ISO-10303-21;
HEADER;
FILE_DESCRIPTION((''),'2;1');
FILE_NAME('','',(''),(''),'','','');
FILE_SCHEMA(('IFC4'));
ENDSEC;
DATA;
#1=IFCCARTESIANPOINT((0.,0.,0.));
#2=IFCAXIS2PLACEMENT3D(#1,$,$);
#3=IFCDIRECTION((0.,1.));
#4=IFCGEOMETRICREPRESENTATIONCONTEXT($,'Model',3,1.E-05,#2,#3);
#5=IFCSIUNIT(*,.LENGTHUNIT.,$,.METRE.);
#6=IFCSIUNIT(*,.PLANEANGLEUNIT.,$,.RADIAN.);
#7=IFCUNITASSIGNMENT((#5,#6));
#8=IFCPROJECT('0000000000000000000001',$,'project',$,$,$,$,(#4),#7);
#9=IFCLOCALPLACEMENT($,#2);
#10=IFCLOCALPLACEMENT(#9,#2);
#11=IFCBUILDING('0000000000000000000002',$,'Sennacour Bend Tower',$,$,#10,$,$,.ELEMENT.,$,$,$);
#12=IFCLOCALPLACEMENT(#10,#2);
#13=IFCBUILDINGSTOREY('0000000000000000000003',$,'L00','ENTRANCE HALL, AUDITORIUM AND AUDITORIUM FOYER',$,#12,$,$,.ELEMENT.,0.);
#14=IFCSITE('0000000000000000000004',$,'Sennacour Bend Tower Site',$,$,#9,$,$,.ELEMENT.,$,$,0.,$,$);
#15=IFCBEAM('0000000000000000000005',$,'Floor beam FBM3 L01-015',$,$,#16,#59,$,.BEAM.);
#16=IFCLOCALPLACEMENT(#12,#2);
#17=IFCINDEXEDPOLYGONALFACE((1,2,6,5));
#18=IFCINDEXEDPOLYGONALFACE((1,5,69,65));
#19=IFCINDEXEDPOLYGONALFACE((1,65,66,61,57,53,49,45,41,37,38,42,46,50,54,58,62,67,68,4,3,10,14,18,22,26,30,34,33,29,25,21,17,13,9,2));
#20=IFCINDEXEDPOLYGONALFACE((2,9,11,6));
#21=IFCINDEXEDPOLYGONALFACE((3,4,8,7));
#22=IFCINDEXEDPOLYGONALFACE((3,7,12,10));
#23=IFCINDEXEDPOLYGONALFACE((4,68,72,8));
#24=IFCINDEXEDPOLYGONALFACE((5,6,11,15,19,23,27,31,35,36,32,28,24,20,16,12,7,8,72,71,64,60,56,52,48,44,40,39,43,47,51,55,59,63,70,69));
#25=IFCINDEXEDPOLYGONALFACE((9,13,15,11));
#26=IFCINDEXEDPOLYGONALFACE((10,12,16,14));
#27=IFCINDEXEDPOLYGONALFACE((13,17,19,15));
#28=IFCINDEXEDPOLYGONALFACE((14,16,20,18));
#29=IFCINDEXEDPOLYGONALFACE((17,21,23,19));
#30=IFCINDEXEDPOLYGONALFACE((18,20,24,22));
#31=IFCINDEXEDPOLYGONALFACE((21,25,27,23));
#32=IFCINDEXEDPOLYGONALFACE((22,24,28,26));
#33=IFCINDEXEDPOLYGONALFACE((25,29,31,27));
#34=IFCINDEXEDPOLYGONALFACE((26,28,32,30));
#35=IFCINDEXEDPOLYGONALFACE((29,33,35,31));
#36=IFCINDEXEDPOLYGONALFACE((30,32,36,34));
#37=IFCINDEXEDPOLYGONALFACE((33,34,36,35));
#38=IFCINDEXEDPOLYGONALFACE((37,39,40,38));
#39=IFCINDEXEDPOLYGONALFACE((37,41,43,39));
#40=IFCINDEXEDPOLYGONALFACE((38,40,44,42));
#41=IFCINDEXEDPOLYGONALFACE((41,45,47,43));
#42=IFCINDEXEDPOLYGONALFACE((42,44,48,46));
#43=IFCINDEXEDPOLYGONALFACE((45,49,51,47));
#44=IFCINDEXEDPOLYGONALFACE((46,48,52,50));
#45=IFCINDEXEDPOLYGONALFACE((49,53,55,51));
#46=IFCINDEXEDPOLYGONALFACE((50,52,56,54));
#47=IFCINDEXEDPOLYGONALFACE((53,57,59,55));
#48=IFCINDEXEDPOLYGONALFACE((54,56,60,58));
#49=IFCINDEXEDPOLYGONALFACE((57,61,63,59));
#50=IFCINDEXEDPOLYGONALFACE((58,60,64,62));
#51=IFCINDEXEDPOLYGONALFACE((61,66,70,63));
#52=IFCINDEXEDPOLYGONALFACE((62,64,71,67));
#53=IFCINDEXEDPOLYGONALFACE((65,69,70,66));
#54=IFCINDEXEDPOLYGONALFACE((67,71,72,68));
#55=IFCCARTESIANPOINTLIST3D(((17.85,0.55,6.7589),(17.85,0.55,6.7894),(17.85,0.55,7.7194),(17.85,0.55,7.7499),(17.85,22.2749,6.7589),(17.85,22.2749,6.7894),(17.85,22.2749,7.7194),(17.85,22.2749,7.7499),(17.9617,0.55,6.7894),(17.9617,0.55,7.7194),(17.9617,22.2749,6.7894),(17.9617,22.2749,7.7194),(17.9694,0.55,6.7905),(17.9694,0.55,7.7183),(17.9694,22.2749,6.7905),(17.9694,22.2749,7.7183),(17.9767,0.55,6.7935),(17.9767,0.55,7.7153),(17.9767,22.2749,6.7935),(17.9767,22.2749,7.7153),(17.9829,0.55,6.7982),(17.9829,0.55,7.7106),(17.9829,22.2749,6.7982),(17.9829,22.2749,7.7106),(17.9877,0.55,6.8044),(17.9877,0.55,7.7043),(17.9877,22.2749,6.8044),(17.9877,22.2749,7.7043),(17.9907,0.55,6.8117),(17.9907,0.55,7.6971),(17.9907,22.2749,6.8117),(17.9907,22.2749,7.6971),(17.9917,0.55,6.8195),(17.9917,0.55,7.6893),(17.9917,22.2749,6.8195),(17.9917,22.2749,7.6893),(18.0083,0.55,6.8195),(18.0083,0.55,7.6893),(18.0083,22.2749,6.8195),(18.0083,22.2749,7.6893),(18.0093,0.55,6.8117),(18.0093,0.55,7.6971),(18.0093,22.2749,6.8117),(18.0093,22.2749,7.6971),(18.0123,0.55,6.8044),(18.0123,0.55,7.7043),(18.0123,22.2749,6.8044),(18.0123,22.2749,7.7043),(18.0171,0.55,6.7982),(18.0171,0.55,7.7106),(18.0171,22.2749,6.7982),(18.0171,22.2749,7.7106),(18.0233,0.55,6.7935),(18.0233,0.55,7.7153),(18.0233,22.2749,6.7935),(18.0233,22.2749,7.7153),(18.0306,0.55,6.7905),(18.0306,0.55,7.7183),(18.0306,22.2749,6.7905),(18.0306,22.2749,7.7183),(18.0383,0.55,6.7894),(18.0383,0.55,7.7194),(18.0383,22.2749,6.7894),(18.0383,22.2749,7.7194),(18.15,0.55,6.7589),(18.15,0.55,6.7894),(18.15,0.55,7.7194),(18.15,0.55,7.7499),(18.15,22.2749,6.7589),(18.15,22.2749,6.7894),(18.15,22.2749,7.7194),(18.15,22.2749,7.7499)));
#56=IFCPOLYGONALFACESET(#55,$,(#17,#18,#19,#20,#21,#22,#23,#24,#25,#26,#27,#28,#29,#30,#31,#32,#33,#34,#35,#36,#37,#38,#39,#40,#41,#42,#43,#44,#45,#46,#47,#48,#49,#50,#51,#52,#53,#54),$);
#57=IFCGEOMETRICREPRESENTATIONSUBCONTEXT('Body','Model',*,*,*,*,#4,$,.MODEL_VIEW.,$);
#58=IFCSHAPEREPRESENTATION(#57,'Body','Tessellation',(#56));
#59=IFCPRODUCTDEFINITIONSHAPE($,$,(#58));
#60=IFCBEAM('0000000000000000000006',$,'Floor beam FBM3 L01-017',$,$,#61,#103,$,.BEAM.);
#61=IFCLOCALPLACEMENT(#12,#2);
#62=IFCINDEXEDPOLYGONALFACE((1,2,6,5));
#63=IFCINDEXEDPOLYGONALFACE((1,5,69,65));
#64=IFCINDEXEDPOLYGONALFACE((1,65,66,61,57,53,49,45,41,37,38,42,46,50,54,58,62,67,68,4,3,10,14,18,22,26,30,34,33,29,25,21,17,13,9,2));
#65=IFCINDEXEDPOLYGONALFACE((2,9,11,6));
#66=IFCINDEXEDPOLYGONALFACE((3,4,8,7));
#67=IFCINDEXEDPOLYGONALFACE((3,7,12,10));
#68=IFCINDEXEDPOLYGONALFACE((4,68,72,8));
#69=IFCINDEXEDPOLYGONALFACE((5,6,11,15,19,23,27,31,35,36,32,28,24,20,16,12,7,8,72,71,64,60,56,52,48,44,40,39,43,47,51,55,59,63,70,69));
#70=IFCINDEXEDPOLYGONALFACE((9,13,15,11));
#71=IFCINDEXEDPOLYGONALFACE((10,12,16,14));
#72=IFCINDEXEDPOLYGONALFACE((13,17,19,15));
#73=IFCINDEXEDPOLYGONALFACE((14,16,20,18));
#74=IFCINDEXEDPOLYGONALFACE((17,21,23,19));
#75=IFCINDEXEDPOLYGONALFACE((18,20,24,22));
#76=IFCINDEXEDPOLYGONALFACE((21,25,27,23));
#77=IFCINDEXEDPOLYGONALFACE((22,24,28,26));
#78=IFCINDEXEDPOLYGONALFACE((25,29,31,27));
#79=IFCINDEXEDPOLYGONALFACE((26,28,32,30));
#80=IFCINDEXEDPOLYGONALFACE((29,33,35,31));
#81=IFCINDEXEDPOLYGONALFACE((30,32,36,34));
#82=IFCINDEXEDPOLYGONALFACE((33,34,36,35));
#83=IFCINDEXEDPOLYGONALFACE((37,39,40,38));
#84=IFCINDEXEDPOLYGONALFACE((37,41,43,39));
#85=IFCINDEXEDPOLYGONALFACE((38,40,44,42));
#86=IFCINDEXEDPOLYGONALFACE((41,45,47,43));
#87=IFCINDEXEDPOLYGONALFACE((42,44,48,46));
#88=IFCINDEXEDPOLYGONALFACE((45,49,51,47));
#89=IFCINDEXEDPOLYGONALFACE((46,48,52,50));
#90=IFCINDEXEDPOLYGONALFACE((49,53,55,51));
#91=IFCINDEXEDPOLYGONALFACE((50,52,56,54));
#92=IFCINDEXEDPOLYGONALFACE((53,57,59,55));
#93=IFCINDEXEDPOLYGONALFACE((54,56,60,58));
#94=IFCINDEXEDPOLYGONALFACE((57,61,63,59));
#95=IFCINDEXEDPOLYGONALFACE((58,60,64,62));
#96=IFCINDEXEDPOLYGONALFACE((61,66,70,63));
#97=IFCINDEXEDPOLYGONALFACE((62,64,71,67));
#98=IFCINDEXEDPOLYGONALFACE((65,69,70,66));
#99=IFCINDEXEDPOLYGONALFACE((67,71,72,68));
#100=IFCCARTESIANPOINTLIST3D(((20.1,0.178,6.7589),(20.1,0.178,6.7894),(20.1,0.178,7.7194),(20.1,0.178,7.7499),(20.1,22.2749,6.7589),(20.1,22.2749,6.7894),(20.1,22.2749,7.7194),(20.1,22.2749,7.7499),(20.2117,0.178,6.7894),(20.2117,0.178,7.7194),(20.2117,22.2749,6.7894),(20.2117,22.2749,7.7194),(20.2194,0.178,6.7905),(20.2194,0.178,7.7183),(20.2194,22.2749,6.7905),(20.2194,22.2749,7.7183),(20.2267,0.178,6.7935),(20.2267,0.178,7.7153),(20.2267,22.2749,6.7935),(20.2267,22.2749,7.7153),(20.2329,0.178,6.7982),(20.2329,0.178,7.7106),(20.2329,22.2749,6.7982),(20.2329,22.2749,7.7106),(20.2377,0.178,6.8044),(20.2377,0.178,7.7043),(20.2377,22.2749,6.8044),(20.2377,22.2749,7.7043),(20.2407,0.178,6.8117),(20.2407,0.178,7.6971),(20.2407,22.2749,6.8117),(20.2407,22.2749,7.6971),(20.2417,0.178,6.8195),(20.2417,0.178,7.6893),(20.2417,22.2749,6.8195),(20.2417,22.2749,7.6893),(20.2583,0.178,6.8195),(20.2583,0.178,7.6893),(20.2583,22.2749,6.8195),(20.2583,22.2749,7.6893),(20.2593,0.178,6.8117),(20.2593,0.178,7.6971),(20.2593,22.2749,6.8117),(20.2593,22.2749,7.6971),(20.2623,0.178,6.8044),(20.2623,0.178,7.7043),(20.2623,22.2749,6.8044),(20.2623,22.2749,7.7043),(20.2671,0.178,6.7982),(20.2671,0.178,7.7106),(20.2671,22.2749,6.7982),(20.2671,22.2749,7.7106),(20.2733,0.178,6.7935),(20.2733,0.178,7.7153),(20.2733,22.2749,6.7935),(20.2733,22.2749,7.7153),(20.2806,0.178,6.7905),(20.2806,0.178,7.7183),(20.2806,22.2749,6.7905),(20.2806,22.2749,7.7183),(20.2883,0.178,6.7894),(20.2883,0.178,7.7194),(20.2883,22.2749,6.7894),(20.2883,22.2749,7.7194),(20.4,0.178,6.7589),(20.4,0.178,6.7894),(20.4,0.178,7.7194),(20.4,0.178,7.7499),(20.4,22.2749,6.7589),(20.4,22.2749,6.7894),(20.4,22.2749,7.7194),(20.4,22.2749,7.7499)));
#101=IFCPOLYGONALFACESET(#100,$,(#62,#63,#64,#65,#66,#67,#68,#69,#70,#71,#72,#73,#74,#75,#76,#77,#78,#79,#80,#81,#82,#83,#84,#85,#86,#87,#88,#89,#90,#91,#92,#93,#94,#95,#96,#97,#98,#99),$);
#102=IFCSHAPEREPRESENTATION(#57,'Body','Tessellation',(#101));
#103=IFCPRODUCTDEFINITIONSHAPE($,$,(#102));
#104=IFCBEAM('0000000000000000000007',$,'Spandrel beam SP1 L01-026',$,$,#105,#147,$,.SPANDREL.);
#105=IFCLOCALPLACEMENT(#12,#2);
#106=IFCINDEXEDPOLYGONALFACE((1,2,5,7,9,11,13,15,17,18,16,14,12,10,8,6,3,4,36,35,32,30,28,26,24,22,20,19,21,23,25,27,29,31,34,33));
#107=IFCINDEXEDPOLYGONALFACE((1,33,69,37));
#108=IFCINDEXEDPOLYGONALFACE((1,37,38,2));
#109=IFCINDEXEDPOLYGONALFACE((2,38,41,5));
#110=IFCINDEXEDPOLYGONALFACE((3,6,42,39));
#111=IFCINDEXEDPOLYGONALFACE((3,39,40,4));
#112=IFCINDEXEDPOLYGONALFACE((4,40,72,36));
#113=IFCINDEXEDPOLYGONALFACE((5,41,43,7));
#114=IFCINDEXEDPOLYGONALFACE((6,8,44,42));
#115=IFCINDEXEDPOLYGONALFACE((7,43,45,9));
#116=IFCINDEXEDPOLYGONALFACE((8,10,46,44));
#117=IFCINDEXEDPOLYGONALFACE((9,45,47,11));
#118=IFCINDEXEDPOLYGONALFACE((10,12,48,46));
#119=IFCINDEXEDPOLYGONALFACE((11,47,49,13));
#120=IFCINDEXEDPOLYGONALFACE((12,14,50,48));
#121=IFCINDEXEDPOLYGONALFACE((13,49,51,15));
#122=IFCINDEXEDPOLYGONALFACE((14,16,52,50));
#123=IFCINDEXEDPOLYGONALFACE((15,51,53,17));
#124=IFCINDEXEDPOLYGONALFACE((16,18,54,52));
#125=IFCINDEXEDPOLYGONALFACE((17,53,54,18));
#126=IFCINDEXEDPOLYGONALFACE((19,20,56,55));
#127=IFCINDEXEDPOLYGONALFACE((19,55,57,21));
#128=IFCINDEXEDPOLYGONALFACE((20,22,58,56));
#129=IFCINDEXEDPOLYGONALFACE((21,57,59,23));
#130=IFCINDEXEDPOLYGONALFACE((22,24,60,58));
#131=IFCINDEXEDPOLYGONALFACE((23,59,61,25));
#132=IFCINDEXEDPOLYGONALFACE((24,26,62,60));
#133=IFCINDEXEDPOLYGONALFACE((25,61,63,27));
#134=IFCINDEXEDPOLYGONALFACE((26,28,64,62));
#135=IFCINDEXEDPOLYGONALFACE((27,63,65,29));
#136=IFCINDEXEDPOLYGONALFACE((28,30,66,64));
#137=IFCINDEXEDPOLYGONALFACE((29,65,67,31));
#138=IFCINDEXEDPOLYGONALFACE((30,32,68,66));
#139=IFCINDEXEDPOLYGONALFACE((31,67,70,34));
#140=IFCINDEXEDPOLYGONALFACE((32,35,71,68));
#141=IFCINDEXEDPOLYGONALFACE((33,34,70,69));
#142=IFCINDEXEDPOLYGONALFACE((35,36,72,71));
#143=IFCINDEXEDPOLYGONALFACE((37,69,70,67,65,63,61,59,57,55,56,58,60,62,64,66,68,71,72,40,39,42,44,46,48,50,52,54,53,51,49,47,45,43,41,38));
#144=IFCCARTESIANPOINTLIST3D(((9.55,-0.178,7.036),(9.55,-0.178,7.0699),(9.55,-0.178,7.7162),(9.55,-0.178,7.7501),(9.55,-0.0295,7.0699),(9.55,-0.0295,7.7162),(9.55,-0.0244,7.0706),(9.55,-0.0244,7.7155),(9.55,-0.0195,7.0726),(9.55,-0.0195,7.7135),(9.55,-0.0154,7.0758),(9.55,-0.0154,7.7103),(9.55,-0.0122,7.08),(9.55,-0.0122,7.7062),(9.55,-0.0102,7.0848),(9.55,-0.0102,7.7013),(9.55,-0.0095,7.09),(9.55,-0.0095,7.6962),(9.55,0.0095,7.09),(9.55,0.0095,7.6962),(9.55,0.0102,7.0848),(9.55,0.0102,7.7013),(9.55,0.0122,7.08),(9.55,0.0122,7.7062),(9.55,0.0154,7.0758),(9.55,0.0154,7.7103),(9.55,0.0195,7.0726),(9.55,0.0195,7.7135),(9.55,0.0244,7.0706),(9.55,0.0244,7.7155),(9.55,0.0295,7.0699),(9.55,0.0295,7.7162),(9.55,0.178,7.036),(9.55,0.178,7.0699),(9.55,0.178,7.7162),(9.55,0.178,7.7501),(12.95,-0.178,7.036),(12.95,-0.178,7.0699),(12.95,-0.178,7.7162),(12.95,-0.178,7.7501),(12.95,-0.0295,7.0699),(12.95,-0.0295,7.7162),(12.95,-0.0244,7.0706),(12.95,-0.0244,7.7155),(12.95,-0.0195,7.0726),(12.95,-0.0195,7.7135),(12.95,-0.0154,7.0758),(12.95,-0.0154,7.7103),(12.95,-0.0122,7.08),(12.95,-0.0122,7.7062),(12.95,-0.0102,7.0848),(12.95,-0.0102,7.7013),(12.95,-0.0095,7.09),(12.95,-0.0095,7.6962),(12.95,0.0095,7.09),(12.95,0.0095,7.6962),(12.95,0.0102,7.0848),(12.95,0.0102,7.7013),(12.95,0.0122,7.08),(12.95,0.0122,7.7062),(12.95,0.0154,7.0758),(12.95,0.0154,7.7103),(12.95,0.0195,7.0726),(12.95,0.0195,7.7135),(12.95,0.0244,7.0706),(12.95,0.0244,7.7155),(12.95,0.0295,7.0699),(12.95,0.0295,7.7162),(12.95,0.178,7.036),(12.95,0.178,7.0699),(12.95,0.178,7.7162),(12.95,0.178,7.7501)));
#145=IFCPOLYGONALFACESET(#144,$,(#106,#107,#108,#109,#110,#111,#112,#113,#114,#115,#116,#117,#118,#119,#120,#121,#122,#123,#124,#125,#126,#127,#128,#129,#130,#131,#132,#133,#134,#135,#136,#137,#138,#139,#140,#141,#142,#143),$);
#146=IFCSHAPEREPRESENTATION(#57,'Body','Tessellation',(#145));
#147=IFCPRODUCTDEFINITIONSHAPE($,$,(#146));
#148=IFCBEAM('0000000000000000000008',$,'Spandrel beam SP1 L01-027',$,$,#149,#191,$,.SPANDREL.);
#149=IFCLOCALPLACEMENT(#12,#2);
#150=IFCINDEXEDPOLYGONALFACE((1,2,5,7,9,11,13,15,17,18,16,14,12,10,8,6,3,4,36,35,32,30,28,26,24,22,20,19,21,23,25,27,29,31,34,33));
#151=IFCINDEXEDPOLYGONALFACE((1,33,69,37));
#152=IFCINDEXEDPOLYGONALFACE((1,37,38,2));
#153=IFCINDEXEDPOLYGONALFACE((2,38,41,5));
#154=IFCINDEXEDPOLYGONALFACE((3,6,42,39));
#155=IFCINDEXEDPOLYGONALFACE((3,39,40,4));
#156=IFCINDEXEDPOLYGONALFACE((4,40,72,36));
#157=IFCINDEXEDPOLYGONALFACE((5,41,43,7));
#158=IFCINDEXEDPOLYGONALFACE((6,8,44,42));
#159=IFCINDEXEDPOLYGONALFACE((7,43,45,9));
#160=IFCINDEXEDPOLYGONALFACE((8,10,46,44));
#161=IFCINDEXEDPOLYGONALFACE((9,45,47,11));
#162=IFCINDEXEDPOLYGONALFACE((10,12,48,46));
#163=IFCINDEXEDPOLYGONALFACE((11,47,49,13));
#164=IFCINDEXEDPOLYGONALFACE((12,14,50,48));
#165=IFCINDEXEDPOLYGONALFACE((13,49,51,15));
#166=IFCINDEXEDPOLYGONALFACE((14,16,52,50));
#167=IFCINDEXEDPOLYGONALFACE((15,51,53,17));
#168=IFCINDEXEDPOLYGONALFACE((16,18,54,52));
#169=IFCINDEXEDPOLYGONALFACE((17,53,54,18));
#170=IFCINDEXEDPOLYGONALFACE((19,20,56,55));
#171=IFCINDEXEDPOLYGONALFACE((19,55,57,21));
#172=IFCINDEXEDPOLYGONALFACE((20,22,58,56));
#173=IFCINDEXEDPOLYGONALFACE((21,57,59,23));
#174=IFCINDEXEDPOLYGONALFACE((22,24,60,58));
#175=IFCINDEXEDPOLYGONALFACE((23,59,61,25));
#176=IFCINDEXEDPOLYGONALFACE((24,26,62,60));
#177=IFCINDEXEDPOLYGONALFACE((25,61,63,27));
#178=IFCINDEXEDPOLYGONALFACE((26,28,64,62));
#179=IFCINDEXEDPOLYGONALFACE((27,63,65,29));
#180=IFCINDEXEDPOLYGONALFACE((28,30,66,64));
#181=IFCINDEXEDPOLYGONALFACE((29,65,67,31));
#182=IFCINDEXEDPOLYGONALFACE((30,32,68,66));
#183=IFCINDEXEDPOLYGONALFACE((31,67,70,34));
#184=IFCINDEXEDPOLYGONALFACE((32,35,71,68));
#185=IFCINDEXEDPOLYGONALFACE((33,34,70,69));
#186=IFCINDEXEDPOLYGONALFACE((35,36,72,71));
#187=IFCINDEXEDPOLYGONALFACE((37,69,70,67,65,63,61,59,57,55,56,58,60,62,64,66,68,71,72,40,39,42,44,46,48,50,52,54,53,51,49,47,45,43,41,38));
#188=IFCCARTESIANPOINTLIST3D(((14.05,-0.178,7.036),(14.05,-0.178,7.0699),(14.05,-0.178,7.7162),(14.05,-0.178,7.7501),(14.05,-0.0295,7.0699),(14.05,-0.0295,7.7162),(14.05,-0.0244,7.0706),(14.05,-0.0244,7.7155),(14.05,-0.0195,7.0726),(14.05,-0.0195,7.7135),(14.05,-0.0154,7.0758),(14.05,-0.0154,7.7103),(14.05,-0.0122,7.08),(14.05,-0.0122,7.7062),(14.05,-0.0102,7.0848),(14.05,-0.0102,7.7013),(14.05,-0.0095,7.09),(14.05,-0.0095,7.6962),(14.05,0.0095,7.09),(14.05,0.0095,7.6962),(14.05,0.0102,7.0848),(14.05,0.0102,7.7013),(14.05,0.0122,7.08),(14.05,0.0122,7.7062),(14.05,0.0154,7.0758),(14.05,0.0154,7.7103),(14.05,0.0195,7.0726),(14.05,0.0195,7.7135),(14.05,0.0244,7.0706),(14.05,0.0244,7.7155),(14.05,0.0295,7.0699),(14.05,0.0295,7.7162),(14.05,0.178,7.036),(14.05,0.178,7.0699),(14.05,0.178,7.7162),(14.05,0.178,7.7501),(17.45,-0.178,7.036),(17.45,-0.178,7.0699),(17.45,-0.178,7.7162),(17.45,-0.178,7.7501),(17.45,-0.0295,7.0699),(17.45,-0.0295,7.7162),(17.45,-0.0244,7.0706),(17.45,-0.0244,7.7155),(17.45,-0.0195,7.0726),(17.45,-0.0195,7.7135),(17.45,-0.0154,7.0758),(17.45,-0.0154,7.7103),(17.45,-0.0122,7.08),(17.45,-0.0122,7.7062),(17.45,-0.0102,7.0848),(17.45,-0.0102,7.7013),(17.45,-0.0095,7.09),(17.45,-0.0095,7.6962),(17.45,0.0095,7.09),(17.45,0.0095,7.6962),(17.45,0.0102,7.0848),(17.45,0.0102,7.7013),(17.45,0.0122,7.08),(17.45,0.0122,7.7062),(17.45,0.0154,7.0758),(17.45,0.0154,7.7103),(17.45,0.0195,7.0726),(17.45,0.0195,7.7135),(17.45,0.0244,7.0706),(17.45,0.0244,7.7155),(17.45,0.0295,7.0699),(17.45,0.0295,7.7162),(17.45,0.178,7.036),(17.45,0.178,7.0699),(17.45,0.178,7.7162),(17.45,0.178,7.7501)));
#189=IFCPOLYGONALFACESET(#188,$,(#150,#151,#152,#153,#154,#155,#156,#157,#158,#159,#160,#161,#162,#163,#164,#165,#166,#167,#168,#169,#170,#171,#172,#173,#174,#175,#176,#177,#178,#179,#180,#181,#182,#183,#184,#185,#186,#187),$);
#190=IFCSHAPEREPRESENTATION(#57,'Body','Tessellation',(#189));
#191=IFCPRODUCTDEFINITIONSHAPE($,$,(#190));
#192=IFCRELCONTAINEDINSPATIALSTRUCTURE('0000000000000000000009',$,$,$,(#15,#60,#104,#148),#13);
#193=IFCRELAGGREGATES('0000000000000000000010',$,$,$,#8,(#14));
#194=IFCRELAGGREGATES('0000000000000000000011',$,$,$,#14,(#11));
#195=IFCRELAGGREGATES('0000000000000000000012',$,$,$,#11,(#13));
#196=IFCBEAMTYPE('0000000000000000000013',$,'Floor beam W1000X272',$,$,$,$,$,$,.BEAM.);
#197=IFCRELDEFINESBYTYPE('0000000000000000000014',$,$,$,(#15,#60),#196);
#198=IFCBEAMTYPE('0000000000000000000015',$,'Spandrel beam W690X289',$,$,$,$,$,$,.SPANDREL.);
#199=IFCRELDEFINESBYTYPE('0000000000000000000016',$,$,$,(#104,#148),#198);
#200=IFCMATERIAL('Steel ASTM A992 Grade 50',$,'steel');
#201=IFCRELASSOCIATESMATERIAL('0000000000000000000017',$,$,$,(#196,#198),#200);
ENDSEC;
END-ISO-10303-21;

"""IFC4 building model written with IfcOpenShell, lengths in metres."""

from ifc_helpers import new_model, si_unit, direction, frame, origin, origin_2d, place, context, subcontext, project, spatial, i_section, extrude, material, material_profile, profile_set, type_object, element, save


model = new_model("IFC4")

# Units and contexts
model_context = context("Model", 3, precision=1e-05, world=origin(), true_north=direction((0.0, 1.0)))
body_context = subcontext(model_context, "Body", "Model", "MODEL_VIEW")
ifc_project = project(units=[si_unit("LENGTHUNIT", "METRE"), si_unit("PLANEANGLEUNIT", "RADIAN")], contexts=[model_context])

# Site, building, storey
site_placement = place(None, origin())
site = spatial("IfcSite", under=ifc_project, at=site_placement, Name="Sennacour Bend Tower Site", CompositionType="ELEMENT", RefElevation=0.0)
building_placement = place(site_placement, origin())
building = spatial("IfcBuilding", under=site, at=building_placement, Name="Sennacour Bend Tower", CompositionType="ELEMENT")
storey_placement = place(building_placement, origin())
storey = spatial("IfcBuildingStorey", under=building, at=storey_placement, Name="L00", Description="ENTRANCE HALL, AUDITORIUM AND AUDITORIUM FOYER", CompositionType="ELEMENT", Elevation=0.0)

# Beams
ifc_material_1 = material(Name="Steel ASTM A992 Grade 50", Category="steel")
ifc_material_profile_1 = material_profile(ifc_material_1, i_section(OverallWidth=0.3, OverallDepth=0.991, WebThickness=0.0166, FlangeThickness=0.0305, FilletRadius=0.03, at=origin_2d()), Name="Steel ASTM A992 Grade 50", Category="steel")
ifc_profile_set_1 = profile_set([ifc_material_profile_1], Name="Steel ASTM A992 Grade 50")
beam_type_1 = type_object("IfcBeamType", Name="Floor beam W1000X272", PredefinedType="BEAM", material=ifc_profile_set_1)
beam_1_placement = place(storey_placement, frame((18.0, 0.55, 7.2544), z_axis=(0.0, 1.0, 0.0), x_axis=(-1.0, 0.0, 0.0)))
element("IfcBeam", 1, at=beam_1_placement, inside=storey, type_object=beam_type_1, Name="Floor beam FBM3 L01-015", PredefinedType="BEAM", context=body_context, shape_type="SweptSolid", body=[
    extrude(i_section(OverallWidth=0.3, OverallDepth=0.991, WebThickness=0.0166, FlangeThickness=0.0305, FilletRadius=0.03, at=origin_2d()), origin(), (0.0, 0.0, 1.0), 21.7249),
])
beam_2_placement = place(storey_placement, frame((20.25, 0.178, 7.2544), z_axis=(0.0, 1.0, 0.0), x_axis=(-1.0, 0.0, 0.0)))
element("IfcBeam", 2, at=beam_2_placement, inside=storey, type_object=beam_type_1, Name="Floor beam FBM3 L01-017", PredefinedType="BEAM", context=body_context, shape_type="SweptSolid", body=[
    extrude(i_section(OverallWidth=0.3, OverallDepth=0.991, WebThickness=0.0166, FlangeThickness=0.0305, FilletRadius=0.03, at=origin_2d()), origin(), (0.0, 0.0, 1.0), 22.0969),
])
ifc_material_profile_2 = material_profile(ifc_material_1, i_section(OverallWidth=0.356, OverallDepth=0.7141, WebThickness=0.019, FlangeThickness=0.0339, FilletRadius=0.02, at=origin_2d()), Name="Steel ASTM A992 Grade 50", Category="steel")
ifc_profile_set_2 = profile_set([ifc_material_profile_2], Name="Steel ASTM A992 Grade 50")
beam_type_2 = type_object("IfcBeamType", Name="Spandrel beam W690X289", PredefinedType="SPANDREL", material=ifc_profile_set_2)
for number, where, z_axis, x_axis, name in (
    (3, (9.55, 0.0, 7.3931), (1.0, 0.0, 0.0), (0.0, 1.0, 0.0), "Spandrel beam SP1 L01-026"),
    (4, (14.05, 0.0, 7.3931), (1.0, 0.0, 0.0), (0.0, 1.0, 0.0), "Spandrel beam SP1 L01-027"),
):
    element("IfcBeam", number, at=place(storey_placement, frame(where, z_axis=z_axis, x_axis=x_axis)), inside=storey, type_object=beam_type_2, Name=name, PredefinedType="SPANDREL", context=body_context, shape_type="SweptSolid", body=[
        extrude(i_section(OverallWidth=0.356, OverallDepth=0.7141, WebThickness=0.019, FlangeThickness=0.0339, FilletRadius=0.02, at=origin_2d()), origin(), (0.0, 0.0, 1.0), 3.3999),
    ])

save(model, "model.ifc")
